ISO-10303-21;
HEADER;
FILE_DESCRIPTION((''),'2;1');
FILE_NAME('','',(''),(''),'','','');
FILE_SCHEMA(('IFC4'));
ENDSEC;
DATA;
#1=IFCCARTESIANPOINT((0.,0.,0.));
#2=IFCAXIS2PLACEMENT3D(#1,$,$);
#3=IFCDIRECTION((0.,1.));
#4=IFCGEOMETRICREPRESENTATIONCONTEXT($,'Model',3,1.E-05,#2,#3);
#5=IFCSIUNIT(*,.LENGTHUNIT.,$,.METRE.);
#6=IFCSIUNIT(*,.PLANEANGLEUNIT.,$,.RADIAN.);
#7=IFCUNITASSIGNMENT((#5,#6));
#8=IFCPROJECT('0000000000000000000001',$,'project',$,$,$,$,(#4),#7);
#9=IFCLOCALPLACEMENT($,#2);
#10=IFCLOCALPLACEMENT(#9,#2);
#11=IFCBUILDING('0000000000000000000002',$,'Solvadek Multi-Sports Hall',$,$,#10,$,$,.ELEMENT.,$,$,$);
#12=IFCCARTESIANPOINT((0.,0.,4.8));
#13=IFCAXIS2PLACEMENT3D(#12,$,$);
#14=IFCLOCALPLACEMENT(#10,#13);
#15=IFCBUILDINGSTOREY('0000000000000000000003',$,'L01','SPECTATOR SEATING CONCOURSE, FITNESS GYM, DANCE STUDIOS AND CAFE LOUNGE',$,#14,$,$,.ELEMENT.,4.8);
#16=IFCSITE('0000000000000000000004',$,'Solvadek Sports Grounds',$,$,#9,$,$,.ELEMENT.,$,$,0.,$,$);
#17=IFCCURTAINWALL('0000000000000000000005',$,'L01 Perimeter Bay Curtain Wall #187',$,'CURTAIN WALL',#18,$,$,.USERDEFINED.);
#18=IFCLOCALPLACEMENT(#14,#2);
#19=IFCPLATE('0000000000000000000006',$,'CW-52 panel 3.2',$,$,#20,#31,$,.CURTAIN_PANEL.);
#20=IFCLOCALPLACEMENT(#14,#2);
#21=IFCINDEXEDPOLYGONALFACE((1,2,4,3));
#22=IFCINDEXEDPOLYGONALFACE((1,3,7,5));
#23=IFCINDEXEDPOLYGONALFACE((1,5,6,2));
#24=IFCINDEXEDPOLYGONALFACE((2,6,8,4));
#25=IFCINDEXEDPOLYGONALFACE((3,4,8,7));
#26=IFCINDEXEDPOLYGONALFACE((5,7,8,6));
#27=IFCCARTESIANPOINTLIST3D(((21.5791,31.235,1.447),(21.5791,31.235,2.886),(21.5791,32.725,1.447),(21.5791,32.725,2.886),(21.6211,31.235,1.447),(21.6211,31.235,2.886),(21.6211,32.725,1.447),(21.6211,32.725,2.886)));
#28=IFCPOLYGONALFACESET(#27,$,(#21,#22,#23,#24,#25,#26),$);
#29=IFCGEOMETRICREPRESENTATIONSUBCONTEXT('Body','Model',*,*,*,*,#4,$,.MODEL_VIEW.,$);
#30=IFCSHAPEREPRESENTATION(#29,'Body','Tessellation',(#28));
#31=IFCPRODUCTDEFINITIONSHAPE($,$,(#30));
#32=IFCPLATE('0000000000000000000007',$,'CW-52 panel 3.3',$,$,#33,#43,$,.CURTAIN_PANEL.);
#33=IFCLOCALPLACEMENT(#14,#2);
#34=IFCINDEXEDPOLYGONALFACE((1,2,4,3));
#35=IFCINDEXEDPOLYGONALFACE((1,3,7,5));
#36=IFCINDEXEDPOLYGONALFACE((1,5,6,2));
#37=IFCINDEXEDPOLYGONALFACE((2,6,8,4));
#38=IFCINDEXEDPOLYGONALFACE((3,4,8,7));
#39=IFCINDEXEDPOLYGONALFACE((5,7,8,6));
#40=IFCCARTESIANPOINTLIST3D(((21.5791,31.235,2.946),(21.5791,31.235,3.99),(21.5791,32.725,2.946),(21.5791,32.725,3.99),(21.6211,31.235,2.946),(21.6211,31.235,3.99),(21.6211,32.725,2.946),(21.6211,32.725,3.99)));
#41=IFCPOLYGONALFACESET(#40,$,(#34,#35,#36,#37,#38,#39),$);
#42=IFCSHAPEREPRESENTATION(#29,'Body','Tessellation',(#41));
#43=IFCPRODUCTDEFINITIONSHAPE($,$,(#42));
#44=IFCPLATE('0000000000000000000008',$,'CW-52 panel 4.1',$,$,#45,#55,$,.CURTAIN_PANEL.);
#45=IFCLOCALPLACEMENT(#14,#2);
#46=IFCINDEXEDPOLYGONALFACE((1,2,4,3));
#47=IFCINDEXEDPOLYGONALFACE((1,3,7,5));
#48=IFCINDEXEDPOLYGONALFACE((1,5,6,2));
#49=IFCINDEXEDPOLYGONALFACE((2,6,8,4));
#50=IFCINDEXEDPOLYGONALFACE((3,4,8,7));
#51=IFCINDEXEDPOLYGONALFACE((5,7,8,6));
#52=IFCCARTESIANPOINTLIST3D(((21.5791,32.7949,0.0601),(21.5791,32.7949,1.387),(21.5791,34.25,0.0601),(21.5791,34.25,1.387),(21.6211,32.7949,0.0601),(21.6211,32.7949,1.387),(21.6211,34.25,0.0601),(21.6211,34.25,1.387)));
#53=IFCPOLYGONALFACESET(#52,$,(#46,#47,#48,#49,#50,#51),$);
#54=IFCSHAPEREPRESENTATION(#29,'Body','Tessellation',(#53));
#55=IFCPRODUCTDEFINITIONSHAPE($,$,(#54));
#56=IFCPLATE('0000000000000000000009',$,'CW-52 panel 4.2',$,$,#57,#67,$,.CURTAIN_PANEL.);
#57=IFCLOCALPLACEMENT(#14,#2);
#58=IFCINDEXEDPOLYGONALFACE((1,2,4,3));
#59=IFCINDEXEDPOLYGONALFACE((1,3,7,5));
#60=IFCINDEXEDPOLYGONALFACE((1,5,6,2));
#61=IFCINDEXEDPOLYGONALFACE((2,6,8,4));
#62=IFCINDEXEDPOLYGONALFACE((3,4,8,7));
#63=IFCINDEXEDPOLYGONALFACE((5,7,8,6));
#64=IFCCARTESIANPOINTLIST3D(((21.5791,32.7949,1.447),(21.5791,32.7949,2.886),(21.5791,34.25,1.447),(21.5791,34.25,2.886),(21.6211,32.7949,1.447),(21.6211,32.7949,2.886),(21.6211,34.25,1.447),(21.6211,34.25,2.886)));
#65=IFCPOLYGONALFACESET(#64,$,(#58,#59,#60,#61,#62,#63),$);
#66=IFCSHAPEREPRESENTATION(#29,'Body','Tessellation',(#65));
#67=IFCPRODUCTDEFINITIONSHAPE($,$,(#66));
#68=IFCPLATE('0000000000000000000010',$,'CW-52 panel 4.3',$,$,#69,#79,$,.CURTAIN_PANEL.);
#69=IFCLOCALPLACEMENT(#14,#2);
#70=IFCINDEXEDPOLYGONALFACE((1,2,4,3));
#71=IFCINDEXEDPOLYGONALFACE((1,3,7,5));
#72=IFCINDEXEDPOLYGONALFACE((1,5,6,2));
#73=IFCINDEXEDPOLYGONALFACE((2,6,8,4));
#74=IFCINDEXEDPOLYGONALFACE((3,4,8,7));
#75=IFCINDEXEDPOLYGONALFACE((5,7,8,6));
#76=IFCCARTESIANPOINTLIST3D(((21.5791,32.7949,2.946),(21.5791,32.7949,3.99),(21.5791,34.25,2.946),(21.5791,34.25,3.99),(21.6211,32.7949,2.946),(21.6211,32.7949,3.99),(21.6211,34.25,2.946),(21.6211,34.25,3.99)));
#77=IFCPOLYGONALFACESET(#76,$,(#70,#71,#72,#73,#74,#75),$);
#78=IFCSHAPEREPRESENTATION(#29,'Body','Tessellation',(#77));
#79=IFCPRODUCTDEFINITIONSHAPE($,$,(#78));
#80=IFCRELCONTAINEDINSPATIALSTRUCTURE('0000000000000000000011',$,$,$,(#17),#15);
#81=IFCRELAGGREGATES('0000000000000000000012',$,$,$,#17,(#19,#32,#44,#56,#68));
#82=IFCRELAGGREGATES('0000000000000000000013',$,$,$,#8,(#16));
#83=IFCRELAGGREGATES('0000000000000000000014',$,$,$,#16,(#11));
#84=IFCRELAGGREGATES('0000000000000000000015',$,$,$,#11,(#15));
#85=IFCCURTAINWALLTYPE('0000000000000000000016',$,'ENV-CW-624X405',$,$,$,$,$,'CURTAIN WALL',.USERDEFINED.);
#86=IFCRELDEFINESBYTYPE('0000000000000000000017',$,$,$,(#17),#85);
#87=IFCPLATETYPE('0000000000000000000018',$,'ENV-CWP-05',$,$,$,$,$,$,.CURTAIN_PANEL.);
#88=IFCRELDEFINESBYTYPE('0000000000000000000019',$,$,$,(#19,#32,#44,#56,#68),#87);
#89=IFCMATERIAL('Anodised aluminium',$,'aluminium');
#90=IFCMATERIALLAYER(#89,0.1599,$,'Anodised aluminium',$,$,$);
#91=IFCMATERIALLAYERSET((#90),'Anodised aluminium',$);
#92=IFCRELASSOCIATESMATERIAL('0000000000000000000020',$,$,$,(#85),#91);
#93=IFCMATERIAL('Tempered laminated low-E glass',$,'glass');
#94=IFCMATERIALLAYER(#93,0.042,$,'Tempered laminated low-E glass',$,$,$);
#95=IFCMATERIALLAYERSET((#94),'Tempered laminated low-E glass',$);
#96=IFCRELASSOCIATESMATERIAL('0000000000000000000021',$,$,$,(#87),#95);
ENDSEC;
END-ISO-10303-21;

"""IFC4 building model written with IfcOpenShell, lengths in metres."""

from ifc_helpers import new_model, si_unit, direction, frame, origin, origin_2d, place, context, subcontext, project, spatial, rectangle, extrude, material, layer, layer_set, type_object, element, aggregate, save


model = new_model("IFC4")

# Units and contexts
model_context = context("Model", 3, precision=1e-05, world=origin(), true_north=direction((0.0, 1.0)))
body_context = subcontext(model_context, "Body", "Model", "MODEL_VIEW")
ifc_project = project(units=[si_unit("LENGTHUNIT", "METRE"), si_unit("PLANEANGLEUNIT", "RADIAN")], contexts=[model_context])

# Site, building, storey
site_placement = place(None, origin())
site = spatial("IfcSite", under=ifc_project, at=site_placement, Name="Solvadek Sports Grounds", CompositionType="ELEMENT", RefElevation=0.0)
building_placement = place(site_placement, origin())
building = spatial("IfcBuilding", under=site, at=building_placement, Name="Solvadek Multi-Sports Hall", CompositionType="ELEMENT")
storey_placement = place(building_placement, frame((0.0, 0.0, 4.8)))
storey = spatial("IfcBuildingStorey", under=building, at=storey_placement, Name="L01", Description="SPECTATOR SEATING CONCOURSE, FITNESS GYM, DANCE STUDIOS AND CAFE LOUNGE", CompositionType="ELEMENT", Elevation=4.8)

# Curtain wall, plates
ifc_material_1 = material(Name="Anodised aluminium", Category="aluminium")
ifc_layer_1 = layer(ifc_material_1, 0.1599, Name="Anodised aluminium")
ifc_layer_set_1 = layer_set([ifc_layer_1], Name="Anodised aluminium")
curtain_wall_type = type_object("IfcCurtainWallType", Name="ENV-CW-624X405", ElementType="CURTAIN WALL", PredefinedType="USERDEFINED", material=ifc_layer_set_1)
curtain_wall_placement = place(storey_placement, origin())
curtain_wall = element("IfcCurtainWall", 1, at=curtain_wall_placement, inside=storey, type_object=curtain_wall_type, Name="L01 Perimeter Bay Curtain Wall #187", ObjectType="CURTAIN WALL", PredefinedType="USERDEFINED")
ifc_material_2 = material(Name="Tempered laminated low-E glass", Category="glass")
ifc_layer_2 = layer(ifc_material_2, 0.042, Name="Tempered laminated low-E glass")
ifc_layer_set_2 = layer_set([ifc_layer_2], Name="Tempered laminated low-E glass")
plate_type = type_object("IfcPlateType", Name="ENV-CWP-05", PredefinedType="CURTAIN_PANEL", material=ifc_layer_set_2)
plate_1_placement = place(storey_placement, frame((21.6001, 31.98, 1.447), z_axis=(0.0, 0.0, 1.0), x_axis=(0.0, 1.0, 0.0)))
plate_1 = element("IfcPlate", 2, at=plate_1_placement, type_object=plate_type, Name="CW-52 panel 3.2", PredefinedType="CURTAIN_PANEL", context=body_context, shape_type="SweptSolid", body=[
    extrude(rectangle(XDim=1.49, YDim=0.042, at=origin_2d()), origin(), (0.0, 0.0, 1.0), 1.439),
])
plate_2_placement = place(storey_placement, frame((21.6001, 31.98, 2.946), z_axis=(0.0, 0.0, 1.0), x_axis=(0.0, 1.0, 0.0)))
plate_2 = element("IfcPlate", 3, at=plate_2_placement, type_object=plate_type, Name="CW-52 panel 3.3", PredefinedType="CURTAIN_PANEL", context=body_context, shape_type="SweptSolid", body=[
    extrude(rectangle(XDim=1.49, YDim=0.042, at=origin_2d()), origin(), (0.0, 0.0, 1.0), 1.0439),
])
plate_3_placement = place(storey_placement, frame((21.6001, 33.5225, 0.0601), z_axis=(0.0, 0.0, 1.0), x_axis=(0.0, 1.0, 0.0)))
plate_3 = element("IfcPlate", 4, at=plate_3_placement, type_object=plate_type, Name="CW-52 panel 4.1", PredefinedType="CURTAIN_PANEL", context=body_context, shape_type="SweptSolid", body=[
    extrude(rectangle(XDim=1.4551, YDim=0.042, at=origin_2d()), origin(), (0.0, 0.0, 1.0), 1.3269),
])
plate_4_placement = place(storey_placement, frame((21.6001, 33.5225, 1.447), z_axis=(0.0, 0.0, 1.0), x_axis=(0.0, 1.0, 0.0)))
plate_4 = element("IfcPlate", 5, at=plate_4_placement, type_object=plate_type, Name="CW-52 panel 4.2", PredefinedType="CURTAIN_PANEL", context=body_context, shape_type="SweptSolid", body=[
    extrude(rectangle(XDim=1.4551, YDim=0.042, at=origin_2d()), origin(), (0.0, 0.0, 1.0), 1.439),
])
plate_5_placement = place(storey_placement, frame((21.6001, 33.5225, 2.946), z_axis=(0.0, 0.0, 1.0), x_axis=(0.0, 1.0, 0.0)))
plate_5 = element("IfcPlate", 6, at=plate_5_placement, type_object=plate_type, Name="CW-52 panel 4.3", PredefinedType="CURTAIN_PANEL", context=body_context, shape_type="SweptSolid", body=[
    extrude(rectangle(XDim=1.4551, YDim=0.042, at=origin_2d()), origin(), (0.0, 0.0, 1.0), 1.0439),
])
aggregate(curtain_wall, [plate_1, plate_2, plate_3, plate_4, plate_5])

save(model, "model.ifc")
